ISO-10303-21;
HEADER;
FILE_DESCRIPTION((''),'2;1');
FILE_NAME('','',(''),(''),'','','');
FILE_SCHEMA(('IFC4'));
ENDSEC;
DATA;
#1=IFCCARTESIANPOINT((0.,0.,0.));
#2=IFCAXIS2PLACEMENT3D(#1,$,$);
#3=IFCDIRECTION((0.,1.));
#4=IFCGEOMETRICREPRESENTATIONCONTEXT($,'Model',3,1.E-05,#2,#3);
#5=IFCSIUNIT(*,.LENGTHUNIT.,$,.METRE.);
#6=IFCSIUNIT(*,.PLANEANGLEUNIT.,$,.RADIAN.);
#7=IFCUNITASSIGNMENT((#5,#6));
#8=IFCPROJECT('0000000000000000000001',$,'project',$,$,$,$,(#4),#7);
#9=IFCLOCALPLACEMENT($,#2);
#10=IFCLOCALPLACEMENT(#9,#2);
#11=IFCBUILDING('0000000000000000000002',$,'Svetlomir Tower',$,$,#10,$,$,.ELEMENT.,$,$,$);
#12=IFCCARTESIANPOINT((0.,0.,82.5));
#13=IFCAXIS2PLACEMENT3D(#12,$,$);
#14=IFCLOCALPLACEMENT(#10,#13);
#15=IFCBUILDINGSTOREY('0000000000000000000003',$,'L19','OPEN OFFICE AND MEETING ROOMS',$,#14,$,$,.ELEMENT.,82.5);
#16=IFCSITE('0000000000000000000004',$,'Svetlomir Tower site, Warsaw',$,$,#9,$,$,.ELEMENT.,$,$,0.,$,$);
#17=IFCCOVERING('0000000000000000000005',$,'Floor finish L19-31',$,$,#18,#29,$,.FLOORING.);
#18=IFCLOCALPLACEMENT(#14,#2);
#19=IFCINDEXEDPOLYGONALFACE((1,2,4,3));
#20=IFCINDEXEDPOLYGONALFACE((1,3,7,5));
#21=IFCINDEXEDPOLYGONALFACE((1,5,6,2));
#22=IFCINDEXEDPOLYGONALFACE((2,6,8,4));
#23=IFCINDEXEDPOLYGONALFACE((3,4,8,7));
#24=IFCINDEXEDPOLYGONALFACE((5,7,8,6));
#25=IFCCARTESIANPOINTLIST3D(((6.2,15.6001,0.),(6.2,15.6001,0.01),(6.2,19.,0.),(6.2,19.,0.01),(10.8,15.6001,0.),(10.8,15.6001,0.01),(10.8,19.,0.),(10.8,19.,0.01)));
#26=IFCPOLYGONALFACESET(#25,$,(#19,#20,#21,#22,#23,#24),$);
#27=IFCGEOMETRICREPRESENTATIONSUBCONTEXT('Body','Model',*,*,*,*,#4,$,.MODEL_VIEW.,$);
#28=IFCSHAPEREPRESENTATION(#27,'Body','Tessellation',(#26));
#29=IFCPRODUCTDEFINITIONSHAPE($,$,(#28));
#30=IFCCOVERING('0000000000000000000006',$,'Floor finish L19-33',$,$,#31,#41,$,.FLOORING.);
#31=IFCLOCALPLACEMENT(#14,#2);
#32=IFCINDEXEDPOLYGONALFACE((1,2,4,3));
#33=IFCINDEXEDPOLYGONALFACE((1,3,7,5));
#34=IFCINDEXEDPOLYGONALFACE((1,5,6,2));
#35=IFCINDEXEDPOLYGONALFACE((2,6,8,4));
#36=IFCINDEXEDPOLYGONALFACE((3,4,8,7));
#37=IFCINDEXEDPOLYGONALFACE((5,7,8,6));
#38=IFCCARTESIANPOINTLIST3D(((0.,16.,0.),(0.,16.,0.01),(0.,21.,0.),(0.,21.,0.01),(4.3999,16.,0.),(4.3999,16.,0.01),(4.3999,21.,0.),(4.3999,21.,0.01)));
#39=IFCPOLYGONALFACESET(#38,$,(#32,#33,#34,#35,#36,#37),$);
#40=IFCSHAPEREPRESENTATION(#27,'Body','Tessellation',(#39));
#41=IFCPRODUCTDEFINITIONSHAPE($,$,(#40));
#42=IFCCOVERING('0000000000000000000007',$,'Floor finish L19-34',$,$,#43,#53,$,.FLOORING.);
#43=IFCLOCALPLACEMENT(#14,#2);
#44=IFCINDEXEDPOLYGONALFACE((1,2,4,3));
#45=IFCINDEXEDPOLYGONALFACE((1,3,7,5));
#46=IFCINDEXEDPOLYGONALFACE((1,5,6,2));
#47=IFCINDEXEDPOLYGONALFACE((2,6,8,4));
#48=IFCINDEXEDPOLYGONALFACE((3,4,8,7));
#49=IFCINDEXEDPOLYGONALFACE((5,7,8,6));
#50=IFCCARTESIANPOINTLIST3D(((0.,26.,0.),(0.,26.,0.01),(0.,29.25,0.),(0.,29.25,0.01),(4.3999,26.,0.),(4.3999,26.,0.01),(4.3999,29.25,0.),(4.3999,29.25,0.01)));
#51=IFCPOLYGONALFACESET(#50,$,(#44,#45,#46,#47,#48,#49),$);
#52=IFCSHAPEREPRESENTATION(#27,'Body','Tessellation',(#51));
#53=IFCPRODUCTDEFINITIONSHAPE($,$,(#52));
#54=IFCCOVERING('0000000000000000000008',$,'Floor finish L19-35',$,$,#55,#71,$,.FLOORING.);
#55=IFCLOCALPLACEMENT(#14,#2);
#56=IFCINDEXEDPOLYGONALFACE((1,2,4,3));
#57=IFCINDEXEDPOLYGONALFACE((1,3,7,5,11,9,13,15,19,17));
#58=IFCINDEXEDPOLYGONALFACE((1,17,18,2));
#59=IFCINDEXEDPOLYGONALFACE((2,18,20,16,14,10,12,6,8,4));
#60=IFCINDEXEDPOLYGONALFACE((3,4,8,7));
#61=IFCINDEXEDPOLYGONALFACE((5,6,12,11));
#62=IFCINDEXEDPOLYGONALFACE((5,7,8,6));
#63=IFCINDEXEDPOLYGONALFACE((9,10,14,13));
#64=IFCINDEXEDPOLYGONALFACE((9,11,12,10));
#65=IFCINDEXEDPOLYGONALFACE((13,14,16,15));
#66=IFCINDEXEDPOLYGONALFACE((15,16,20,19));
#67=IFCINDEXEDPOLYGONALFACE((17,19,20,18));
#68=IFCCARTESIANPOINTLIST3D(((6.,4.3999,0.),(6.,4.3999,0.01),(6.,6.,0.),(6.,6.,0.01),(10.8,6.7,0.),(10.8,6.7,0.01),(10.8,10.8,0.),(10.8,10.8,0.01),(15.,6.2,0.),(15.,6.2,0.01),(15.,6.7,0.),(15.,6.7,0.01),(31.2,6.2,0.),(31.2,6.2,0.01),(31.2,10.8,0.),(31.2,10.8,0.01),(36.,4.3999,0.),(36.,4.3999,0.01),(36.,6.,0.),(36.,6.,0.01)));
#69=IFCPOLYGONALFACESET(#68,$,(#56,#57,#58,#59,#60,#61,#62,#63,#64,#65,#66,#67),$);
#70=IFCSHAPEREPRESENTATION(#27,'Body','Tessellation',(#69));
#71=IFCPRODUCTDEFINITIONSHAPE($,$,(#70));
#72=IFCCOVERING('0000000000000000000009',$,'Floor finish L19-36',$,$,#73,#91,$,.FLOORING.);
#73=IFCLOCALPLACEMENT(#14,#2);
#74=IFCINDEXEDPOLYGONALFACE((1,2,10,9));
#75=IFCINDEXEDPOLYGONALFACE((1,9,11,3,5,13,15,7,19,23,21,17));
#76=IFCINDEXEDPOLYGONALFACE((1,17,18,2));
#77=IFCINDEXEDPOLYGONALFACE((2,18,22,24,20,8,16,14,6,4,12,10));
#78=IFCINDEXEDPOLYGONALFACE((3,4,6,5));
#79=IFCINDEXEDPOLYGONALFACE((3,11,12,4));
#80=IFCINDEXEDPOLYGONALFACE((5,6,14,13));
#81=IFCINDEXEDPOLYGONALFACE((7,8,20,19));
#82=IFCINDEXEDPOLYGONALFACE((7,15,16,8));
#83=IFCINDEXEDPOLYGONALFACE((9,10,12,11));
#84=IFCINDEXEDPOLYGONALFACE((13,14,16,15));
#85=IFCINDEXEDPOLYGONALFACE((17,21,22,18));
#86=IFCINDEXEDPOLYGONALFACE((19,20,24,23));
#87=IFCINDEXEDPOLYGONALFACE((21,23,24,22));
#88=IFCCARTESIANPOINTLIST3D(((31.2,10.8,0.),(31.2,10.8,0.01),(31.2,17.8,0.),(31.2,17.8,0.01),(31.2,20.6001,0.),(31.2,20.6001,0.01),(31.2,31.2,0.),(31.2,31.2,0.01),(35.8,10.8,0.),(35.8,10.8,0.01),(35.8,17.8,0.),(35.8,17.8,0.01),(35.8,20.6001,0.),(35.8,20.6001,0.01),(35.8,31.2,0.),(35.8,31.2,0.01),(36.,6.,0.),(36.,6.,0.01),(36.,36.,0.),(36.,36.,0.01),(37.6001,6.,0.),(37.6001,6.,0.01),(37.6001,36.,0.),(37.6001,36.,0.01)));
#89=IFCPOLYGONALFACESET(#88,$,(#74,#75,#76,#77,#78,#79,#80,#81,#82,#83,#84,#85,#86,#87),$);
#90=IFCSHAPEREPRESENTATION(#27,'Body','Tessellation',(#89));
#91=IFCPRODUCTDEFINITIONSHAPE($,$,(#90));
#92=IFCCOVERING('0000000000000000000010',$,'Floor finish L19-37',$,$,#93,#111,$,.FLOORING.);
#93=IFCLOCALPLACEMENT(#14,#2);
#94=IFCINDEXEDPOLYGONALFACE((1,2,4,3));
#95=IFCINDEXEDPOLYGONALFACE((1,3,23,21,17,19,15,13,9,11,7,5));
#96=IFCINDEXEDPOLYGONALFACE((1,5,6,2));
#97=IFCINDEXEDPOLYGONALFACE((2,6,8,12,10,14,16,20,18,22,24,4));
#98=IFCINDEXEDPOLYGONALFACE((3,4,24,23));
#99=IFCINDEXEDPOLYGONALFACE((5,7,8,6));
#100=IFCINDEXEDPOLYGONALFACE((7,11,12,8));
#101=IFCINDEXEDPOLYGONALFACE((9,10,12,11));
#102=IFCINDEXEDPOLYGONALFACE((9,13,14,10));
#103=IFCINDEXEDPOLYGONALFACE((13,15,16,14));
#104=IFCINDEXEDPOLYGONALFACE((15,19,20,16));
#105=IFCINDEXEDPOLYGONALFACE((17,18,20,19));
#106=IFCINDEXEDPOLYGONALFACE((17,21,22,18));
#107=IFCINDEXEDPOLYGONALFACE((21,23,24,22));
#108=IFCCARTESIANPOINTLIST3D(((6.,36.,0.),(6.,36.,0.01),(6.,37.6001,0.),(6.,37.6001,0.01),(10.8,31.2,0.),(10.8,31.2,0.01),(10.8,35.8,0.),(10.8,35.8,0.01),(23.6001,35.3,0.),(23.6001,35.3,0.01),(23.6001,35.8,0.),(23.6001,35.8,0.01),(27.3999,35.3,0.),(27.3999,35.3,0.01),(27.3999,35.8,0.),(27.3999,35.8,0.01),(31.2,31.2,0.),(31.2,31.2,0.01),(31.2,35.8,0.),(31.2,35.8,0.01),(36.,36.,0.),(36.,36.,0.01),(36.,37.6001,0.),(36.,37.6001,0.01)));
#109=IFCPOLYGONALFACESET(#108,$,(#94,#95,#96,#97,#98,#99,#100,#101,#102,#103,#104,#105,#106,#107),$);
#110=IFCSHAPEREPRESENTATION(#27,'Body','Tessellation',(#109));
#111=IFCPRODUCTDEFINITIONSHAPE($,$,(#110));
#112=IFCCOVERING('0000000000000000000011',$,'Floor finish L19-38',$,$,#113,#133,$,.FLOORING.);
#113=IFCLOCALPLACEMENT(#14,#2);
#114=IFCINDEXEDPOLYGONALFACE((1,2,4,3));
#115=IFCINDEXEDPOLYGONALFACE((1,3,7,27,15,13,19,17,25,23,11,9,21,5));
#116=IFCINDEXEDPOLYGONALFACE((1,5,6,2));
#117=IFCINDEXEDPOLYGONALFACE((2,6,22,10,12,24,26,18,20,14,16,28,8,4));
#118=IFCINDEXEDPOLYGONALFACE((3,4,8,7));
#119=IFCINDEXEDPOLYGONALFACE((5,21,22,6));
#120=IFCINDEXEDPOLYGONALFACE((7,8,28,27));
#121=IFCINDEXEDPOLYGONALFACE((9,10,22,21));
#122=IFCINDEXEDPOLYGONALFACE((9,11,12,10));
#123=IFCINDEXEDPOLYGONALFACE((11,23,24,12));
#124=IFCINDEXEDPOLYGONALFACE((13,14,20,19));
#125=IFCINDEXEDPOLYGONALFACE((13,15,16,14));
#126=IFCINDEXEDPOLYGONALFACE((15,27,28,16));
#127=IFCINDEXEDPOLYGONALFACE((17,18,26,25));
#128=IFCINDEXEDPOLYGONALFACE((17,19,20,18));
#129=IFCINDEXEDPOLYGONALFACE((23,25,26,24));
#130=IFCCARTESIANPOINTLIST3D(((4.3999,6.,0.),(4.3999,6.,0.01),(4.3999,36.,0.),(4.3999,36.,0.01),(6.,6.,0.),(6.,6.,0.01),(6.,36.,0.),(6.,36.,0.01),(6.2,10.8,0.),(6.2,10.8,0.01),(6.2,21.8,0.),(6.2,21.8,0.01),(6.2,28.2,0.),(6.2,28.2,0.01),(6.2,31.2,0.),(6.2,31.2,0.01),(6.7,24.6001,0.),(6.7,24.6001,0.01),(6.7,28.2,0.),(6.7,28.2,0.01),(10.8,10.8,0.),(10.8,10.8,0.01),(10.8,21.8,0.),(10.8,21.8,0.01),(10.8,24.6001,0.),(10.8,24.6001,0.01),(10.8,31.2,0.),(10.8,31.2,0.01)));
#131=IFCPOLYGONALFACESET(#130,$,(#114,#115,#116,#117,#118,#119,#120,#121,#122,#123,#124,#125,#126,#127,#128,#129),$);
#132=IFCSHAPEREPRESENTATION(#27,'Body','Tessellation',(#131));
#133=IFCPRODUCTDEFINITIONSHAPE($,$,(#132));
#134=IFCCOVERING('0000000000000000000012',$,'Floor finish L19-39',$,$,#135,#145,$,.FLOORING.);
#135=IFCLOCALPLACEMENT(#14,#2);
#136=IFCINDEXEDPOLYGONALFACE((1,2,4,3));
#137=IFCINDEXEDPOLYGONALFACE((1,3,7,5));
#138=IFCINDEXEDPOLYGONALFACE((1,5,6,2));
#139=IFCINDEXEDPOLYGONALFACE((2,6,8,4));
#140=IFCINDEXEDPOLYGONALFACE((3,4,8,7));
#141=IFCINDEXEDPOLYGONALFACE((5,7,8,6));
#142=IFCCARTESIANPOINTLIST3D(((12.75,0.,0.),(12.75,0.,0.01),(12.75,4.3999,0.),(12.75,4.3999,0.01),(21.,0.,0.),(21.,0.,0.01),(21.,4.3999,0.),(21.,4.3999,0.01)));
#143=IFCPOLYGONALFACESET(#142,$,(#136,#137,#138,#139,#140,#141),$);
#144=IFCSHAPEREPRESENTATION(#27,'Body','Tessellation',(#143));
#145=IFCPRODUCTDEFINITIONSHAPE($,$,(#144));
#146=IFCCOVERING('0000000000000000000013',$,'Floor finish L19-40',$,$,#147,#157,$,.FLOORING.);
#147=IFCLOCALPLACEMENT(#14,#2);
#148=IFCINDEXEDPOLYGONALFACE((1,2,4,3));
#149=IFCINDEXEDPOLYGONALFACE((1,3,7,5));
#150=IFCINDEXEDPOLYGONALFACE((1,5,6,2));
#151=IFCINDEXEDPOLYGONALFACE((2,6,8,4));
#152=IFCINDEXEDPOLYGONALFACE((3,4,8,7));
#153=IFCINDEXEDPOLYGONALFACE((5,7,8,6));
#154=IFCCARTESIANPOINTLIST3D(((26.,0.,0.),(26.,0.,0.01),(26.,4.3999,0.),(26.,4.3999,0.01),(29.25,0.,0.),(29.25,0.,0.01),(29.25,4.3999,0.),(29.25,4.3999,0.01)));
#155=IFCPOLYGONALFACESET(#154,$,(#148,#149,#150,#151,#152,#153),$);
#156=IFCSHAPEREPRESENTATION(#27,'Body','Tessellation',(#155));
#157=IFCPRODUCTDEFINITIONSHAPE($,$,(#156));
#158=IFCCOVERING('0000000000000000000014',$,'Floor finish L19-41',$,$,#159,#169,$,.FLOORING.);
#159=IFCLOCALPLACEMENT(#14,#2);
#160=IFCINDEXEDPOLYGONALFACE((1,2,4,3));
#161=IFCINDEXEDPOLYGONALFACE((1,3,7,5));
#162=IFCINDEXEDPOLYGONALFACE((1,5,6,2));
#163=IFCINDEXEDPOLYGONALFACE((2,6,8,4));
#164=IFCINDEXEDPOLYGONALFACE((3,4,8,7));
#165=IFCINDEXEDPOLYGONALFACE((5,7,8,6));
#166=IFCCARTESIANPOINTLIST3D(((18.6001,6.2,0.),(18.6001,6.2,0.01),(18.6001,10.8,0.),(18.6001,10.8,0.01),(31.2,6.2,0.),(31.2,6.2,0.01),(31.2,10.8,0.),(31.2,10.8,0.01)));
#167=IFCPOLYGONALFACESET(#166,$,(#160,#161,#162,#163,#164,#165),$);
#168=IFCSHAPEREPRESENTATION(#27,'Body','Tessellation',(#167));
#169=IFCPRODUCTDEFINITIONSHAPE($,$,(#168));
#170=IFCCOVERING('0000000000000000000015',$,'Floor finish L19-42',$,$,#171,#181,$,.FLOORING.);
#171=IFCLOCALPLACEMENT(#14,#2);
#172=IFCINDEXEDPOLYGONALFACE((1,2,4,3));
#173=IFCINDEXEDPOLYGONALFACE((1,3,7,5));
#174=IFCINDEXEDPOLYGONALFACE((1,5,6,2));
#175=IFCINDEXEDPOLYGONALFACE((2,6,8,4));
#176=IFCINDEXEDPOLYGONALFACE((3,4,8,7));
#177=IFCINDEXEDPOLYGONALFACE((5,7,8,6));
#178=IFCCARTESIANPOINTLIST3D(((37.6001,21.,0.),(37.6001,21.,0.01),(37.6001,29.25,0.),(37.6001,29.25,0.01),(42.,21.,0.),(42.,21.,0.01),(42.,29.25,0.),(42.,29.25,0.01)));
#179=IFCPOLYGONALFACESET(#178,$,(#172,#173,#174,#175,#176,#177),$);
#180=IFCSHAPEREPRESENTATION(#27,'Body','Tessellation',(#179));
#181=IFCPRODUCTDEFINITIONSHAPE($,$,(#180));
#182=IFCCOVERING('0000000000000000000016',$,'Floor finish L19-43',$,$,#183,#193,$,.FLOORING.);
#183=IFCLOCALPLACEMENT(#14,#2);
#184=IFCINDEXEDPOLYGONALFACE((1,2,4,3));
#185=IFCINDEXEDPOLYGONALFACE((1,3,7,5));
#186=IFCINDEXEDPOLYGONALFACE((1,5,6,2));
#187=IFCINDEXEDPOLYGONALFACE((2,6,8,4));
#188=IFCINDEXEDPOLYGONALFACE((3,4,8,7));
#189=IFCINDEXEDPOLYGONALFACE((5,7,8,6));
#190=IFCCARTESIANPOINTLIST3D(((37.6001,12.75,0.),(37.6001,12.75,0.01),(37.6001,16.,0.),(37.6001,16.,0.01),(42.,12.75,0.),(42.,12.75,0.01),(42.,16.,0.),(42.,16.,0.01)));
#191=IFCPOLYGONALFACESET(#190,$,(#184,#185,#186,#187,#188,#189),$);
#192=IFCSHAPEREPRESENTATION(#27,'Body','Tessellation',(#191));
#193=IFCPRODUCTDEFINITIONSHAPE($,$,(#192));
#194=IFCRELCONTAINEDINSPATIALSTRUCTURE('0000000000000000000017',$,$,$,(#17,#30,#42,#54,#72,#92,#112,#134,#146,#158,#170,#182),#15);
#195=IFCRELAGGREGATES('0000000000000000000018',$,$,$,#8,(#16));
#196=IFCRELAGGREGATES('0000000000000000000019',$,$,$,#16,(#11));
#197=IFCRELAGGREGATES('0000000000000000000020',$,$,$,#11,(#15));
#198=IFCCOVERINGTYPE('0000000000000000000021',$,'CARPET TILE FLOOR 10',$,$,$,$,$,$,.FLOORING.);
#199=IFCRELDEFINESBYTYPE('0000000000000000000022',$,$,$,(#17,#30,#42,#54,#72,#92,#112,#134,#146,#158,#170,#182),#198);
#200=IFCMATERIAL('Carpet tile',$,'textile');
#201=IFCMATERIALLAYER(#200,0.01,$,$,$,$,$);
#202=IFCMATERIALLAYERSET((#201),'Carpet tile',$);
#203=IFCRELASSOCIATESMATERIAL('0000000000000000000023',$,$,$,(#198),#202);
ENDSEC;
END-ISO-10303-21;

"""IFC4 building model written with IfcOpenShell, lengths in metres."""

from ifc_helpers import new_model, si_unit, direction, frame, origin, place, context, subcontext, project, spatial, polyline, outline, extrude, material, layer, layer_set, type_object, element, save


model = new_model("IFC4")

# Units and contexts
model_context = context("Model", 3, precision=1e-05, world=origin(), true_north=direction((0.0, 1.0)))
body_context = subcontext(model_context, "Body", "Model", "MODEL_VIEW")
ifc_project = project(units=[si_unit("LENGTHUNIT", "METRE"), si_unit("PLANEANGLEUNIT", "RADIAN")], contexts=[model_context])

# Site, building, storey
site_placement = place(None, origin())
site = spatial("IfcSite", under=ifc_project, at=site_placement, Name="Svetlomir Tower site, Warsaw", CompositionType="ELEMENT", RefElevation=0.0)
building_placement = place(site_placement, origin())
building = spatial("IfcBuilding", under=site, at=building_placement, Name="Svetlomir Tower", CompositionType="ELEMENT")
storey_placement = place(building_placement, frame((0.0, 0.0, 82.5)))
storey = spatial("IfcBuildingStorey", under=building, at=storey_placement, Name="L19", Description="OPEN OFFICE AND MEETING ROOMS", CompositionType="ELEMENT", Elevation=82.5)

# Coverings
ifc_material_1 = material(Name="Carpet tile", Category="textile")
ifc_layer_1 = layer(ifc_material_1, 0.01)
ifc_layer_set_1 = layer_set([ifc_layer_1], Name="Carpet tile")
covering_type_1 = type_object("IfcCoveringType", Name="CARPET TILE FLOOR 10", PredefinedType="FLOORING", material=ifc_layer_set_1)
covering_1_placement = place(storey_placement, origin())
element("IfcCovering", 1, at=covering_1_placement, inside=storey, type_object=covering_type_1, Name="Floor finish L19-31", PredefinedType="FLOORING", context=body_context, shape_type="SweptSolid", body=[
    extrude(outline(polyline([(6.2, 15.6001), (10.8, 15.6001), (10.8, 19.0), (6.2, 19.0), (6.2, 15.6001)])), origin(), (0.0, 0.0, 1.0), 0.01),
])
covering_2_placement = place(storey_placement, origin())
element("IfcCovering", 2, at=covering_2_placement, inside=storey, type_object=covering_type_1, Name="Floor finish L19-33", PredefinedType="FLOORING", context=body_context, shape_type="SweptSolid", body=[
    extrude(outline(polyline([(0.0, 16.0), (4.3999, 16.0), (4.3999, 21.0), (0.0, 21.0), (0.0, 16.0)])), origin(), (0.0, 0.0, 1.0), 0.01),
])
covering_3_placement = place(storey_placement, origin())
element("IfcCovering", 3, at=covering_3_placement, inside=storey, type_object=covering_type_1, Name="Floor finish L19-34", PredefinedType="FLOORING", context=body_context, shape_type="SweptSolid", body=[
    extrude(outline(polyline([(0.0, 26.0), (4.3999, 26.0), (4.3999, 29.25), (0.0, 29.25), (0.0, 26.0)])), origin(), (0.0, 0.0, 1.0), 0.01),
])
covering_4_placement = place(storey_placement, origin())
element("IfcCovering", 4, at=covering_4_placement, inside=storey, type_object=covering_type_1, Name="Floor finish L19-35", PredefinedType="FLOORING", context=body_context, shape_type="SweptSolid", body=[
    extrude(outline(polyline([(36.0, 4.3999), (6.0, 4.3999), (6.0, 6.0), (10.8, 10.8), (10.8, 6.7), (15.0, 6.7), (15.0, 6.2), (31.2, 6.2), (31.2, 10.8), (36.0, 6.0), (36.0, 4.3999)])), origin(), (0.0, 0.0, 1.0), 0.01),
])
covering_5_placement = place(storey_placement, origin())
element("IfcCovering", 5, at=covering_5_placement, inside=storey, type_object=covering_type_1, Name="Floor finish L19-36", PredefinedType="FLOORING", context=body_context, shape_type="SweptSolid", body=[
    extrude(outline(polyline([(31.2, 20.6001), (35.8, 20.6001), (35.8, 31.2), (31.2, 31.2), (36.0, 36.0), (37.6001, 36.0), (37.6001, 6.0), (36.0, 6.0), (31.2, 10.8), (35.8, 10.8), (35.8, 17.8), (31.2, 17.8), (31.2, 20.6001)])), origin(), (0.0, 0.0, 1.0), 0.01),
])
covering_6_placement = place(storey_placement, origin())
element("IfcCovering", 6, at=covering_6_placement, inside=storey, type_object=covering_type_1, Name="Floor finish L19-37", PredefinedType="FLOORING", context=body_context, shape_type="SweptSolid", body=[
    extrude(outline(polyline([(6.0, 37.6001), (36.0, 37.6001), (36.0, 36.0), (31.2, 31.2), (31.2, 35.8), (27.3999, 35.8), (27.3999, 35.3), (23.6001, 35.3), (23.6001, 35.8), (10.8, 35.8), (10.8, 31.2), (6.0, 36.0), (6.0, 37.6001)])), origin(), (0.0, 0.0, 1.0), 0.01),
])
covering_7_placement = place(storey_placement, origin())
element("IfcCovering", 7, at=covering_7_placement, inside=storey, type_object=covering_type_1, Name="Floor finish L19-38", PredefinedType="FLOORING", context=body_context, shape_type="SweptSolid", body=[
    extrude(outline(polyline([(4.3999, 6.0), (4.3999, 36.0), (6.0, 36.0), (10.8, 31.2), (6.2, 31.2), (6.2, 28.2), (6.7, 28.2), (6.7, 24.6001), (10.8, 24.6001), (10.8, 21.8), (6.2, 21.8), (6.2, 10.8), (10.8, 10.8), (6.0, 6.0), (4.3999, 6.0)])), origin(), (0.0, 0.0, 1.0), 0.01),
])
covering_8_placement = place(storey_placement, origin())
element("IfcCovering", 8, at=covering_8_placement, inside=storey, type_object=covering_type_1, Name="Floor finish L19-39", PredefinedType="FLOORING", context=body_context, shape_type="SweptSolid", body=[
    extrude(outline(polyline([(21.0, 4.3999), (21.0, 0.0), (12.75, 0.0), (12.75, 4.3999), (21.0, 4.3999)])), origin(), (0.0, 0.0, 1.0), 0.01),
])
covering_9_placement = place(storey_placement, origin())
element("IfcCovering", 9, at=covering_9_placement, inside=storey, type_object=covering_type_1, Name="Floor finish L19-40", PredefinedType="FLOORING", context=body_context, shape_type="SweptSolid", body=[
    extrude(outline(polyline([(26.0, 0.0), (26.0, 4.3999), (29.25, 4.3999), (29.25, 0.0), (26.0, 0.0)])), origin(), (0.0, 0.0, 1.0), 0.01),
])
covering_10_placement = place(storey_placement, origin())
element("IfcCovering", 10, at=covering_10_placement, inside=storey, type_object=covering_type_1, Name="Floor finish L19-41", PredefinedType="FLOORING", context=body_context, shape_type="SweptSolid", body=[
    extrude(outline(polyline([(31.2, 10.8), (31.2, 6.2), (18.6001, 6.2), (18.6001, 10.8), (31.2, 10.8)])), origin(), (0.0, 0.0, 1.0), 0.01),
])
covering_11_placement = place(storey_placement, origin())
element("IfcCovering", 11, at=covering_11_placement, inside=storey, type_object=covering_type_1, Name="Floor finish L19-42", PredefinedType="FLOORING", context=body_context, shape_type="SweptSolid", body=[
    extrude(outline(polyline([(42.0, 21.0), (37.6001, 21.0), (37.6001, 29.25), (42.0, 29.25), (42.0, 21.0)])), origin(), (0.0, 0.0, 1.0), 0.01),
])
covering_12_placement = place(storey_placement, origin())
element("IfcCovering", 12, at=covering_12_placement, inside=storey, type_object=covering_type_1, Name="Floor finish L19-43", PredefinedType="FLOORING", context=body_context, shape_type="SweptSolid", body=[
    extrude(outline(polyline([(42.0, 12.75), (37.6001, 12.75), (37.6001, 16.0), (42.0, 16.0), (42.0, 12.75)])), origin(), (0.0, 0.0, 1.0), 0.01),
])

save(model, "model.ifc")
